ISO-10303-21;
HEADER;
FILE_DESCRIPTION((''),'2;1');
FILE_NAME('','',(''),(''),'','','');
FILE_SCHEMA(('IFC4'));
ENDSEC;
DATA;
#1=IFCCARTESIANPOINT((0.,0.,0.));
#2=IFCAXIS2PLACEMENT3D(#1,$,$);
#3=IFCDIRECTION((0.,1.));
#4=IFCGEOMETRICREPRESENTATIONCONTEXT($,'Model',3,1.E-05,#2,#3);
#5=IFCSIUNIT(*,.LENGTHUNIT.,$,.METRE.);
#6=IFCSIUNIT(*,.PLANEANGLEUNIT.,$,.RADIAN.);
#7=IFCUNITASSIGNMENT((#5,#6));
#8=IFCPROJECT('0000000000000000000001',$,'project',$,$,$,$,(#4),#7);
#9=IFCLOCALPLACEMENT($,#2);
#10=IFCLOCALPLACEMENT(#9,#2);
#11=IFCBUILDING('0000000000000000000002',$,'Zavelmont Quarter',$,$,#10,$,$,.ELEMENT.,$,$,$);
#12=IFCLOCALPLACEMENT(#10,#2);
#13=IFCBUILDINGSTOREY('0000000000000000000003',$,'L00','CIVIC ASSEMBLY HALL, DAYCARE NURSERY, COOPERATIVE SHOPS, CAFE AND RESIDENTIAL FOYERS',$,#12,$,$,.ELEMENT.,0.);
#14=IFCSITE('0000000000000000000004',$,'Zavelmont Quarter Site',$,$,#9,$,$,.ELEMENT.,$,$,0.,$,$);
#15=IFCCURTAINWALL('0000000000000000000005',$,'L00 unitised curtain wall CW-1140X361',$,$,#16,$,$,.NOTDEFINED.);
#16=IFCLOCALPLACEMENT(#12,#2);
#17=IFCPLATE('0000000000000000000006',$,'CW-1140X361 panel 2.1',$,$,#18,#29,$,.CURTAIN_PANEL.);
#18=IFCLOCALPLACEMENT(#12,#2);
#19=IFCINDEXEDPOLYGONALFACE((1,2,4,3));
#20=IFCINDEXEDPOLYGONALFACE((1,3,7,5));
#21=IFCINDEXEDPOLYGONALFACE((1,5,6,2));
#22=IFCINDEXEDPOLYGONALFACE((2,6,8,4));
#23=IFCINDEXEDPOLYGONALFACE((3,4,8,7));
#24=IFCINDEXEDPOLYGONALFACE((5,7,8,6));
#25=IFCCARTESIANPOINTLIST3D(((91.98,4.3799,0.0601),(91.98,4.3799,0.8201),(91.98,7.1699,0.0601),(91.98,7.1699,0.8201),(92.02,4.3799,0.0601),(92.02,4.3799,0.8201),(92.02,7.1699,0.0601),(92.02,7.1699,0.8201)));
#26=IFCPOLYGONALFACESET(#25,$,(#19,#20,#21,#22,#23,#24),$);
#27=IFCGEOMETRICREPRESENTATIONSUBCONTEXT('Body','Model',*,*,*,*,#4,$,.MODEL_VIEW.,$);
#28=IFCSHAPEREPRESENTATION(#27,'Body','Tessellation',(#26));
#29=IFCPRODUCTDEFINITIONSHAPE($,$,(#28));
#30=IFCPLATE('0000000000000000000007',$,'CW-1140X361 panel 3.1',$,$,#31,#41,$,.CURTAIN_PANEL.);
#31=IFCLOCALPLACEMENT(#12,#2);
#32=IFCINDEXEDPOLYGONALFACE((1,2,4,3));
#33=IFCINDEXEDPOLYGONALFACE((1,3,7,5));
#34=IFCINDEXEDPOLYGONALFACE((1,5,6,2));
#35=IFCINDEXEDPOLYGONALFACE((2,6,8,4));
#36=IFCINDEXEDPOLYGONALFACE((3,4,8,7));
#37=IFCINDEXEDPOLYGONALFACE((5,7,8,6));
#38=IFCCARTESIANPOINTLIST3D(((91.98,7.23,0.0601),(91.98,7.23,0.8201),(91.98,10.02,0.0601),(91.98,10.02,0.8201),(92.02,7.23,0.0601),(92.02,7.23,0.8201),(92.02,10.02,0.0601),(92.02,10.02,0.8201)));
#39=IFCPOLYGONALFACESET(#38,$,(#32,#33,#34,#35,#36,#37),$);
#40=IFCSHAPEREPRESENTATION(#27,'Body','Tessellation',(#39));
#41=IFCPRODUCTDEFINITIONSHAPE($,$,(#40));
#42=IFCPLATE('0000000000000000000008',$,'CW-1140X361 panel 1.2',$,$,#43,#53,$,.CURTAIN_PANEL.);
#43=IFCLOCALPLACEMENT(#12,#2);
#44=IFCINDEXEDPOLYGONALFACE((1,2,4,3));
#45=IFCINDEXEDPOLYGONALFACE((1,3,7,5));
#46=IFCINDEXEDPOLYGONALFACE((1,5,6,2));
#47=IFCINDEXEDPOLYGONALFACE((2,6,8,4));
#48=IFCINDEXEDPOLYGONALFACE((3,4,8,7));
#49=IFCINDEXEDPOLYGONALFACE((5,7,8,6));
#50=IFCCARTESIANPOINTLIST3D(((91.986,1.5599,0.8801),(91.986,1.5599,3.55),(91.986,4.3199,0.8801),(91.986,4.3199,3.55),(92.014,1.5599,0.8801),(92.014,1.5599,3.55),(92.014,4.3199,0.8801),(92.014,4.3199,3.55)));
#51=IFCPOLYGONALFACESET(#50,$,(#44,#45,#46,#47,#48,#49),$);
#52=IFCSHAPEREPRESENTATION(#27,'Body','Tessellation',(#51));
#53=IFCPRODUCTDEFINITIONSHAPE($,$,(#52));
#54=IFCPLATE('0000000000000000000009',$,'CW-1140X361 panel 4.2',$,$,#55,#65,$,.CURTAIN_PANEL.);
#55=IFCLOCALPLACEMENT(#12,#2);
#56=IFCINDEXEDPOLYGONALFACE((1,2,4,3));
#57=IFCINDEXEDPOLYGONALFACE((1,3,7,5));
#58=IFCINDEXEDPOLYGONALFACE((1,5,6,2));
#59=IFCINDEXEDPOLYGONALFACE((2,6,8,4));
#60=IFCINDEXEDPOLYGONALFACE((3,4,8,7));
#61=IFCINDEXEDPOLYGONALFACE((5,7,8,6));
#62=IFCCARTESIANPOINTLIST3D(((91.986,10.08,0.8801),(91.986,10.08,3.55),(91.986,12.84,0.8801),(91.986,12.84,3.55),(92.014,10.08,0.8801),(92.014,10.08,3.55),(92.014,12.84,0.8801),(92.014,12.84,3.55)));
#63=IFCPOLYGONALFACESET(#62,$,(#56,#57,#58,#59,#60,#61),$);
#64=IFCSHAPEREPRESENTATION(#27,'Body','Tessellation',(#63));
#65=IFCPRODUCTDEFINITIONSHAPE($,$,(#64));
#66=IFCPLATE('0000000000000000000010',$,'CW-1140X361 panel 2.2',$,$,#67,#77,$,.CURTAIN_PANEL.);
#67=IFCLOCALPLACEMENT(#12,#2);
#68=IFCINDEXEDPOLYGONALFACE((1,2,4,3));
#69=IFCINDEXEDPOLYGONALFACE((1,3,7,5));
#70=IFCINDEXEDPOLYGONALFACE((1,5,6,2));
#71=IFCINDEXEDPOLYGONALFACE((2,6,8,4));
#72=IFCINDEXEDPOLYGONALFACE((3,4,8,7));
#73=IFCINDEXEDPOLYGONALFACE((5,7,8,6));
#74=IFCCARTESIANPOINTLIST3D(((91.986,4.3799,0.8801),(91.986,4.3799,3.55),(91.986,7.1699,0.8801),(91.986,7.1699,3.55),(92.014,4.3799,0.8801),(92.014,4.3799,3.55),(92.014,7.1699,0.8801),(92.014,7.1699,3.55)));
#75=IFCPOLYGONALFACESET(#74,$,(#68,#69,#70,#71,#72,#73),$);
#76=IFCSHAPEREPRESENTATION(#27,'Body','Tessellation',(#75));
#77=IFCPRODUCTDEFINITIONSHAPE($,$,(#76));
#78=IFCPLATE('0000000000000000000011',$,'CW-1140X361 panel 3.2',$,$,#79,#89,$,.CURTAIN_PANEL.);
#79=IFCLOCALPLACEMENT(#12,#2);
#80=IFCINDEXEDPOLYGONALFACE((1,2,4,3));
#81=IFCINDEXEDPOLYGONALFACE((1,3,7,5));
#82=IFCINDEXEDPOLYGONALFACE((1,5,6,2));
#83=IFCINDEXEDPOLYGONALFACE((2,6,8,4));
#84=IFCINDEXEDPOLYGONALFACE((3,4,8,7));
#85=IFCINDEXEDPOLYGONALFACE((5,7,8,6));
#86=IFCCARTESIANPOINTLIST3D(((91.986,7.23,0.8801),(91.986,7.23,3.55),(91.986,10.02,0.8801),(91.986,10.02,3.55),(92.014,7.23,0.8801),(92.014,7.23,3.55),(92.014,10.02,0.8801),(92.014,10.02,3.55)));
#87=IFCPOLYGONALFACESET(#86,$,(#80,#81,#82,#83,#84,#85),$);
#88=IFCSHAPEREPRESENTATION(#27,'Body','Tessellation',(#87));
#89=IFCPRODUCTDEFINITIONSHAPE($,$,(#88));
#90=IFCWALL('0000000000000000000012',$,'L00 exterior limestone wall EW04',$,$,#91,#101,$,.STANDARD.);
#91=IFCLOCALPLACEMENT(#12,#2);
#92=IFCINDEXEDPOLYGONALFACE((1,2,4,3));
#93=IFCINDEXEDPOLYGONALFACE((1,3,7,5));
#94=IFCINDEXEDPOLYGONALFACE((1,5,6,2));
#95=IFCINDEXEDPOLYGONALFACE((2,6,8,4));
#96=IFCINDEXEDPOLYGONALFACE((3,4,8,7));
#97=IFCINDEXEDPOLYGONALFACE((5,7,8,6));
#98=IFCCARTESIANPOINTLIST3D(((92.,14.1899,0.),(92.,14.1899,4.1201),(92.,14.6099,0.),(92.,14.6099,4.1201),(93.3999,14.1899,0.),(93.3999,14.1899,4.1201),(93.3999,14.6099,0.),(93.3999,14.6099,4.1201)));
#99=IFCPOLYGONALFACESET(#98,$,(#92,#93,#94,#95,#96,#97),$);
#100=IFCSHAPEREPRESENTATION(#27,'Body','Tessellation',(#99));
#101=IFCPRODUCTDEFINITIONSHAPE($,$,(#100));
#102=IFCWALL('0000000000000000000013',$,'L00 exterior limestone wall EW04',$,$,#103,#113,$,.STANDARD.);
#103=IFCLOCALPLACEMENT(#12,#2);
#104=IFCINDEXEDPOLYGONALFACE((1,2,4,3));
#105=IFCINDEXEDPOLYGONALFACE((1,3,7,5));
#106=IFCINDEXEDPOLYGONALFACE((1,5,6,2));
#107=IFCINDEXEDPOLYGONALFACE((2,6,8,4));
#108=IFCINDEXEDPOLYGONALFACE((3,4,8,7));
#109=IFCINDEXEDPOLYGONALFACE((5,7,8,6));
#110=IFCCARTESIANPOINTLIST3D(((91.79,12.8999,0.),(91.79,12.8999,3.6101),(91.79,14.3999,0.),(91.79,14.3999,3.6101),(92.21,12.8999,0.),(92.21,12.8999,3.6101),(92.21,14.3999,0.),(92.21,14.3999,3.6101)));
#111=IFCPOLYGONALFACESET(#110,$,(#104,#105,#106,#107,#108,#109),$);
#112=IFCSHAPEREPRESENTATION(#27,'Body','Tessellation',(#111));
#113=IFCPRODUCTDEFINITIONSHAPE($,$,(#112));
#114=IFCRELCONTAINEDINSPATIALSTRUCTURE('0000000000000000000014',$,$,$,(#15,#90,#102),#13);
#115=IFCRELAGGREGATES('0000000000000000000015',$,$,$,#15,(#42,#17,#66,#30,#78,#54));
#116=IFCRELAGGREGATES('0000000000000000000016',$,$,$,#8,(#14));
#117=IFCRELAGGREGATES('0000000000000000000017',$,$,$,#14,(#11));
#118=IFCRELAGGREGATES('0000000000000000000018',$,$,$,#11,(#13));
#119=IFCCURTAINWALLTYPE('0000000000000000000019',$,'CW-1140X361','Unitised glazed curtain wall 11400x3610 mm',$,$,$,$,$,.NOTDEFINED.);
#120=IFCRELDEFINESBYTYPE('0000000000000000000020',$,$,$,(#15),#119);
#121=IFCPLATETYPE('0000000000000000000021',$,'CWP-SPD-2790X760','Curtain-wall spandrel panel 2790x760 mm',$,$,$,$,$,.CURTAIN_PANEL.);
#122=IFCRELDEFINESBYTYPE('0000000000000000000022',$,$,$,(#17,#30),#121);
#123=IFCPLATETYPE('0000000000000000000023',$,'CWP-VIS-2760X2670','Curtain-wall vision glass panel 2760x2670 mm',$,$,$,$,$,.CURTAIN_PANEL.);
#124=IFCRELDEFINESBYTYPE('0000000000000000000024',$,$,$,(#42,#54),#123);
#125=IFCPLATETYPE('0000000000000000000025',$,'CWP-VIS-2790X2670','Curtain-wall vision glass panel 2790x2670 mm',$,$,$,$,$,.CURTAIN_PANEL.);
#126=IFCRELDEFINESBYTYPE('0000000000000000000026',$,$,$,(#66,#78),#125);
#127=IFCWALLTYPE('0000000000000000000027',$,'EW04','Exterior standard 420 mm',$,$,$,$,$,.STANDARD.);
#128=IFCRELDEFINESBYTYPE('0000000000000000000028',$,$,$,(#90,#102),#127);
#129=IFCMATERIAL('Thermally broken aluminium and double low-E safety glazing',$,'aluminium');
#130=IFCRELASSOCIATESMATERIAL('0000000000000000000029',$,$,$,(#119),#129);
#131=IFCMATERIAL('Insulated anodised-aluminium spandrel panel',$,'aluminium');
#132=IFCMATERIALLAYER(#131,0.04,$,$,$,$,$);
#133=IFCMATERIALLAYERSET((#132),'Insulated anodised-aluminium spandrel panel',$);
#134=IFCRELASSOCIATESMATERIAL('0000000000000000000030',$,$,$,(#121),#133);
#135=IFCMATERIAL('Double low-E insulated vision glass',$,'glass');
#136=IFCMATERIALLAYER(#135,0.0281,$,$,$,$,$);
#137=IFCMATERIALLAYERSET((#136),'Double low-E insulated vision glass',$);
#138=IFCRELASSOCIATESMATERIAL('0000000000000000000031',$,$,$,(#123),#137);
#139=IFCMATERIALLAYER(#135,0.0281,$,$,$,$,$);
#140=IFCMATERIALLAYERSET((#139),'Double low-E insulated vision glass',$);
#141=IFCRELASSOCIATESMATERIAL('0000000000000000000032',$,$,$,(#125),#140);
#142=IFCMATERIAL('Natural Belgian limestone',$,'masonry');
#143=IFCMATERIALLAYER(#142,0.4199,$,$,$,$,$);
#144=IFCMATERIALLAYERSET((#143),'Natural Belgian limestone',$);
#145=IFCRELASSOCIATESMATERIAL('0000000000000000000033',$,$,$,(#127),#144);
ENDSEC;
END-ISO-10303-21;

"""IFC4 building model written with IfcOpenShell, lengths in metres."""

from ifc_helpers import new_model, si_unit, direction, frame, frame_2d, origin, origin_2d, place, context, subcontext, project, spatial, rectangle, extrude, material, layer, layer_set, type_object, element, aggregate, save


model = new_model("IFC4")

# Units and contexts
model_context = context("Model", 3, precision=1e-05, world=origin(), true_north=direction((0.0, 1.0)))
body_context = subcontext(model_context, "Body", "Model", "MODEL_VIEW")
ifc_project = project(units=[si_unit("LENGTHUNIT", "METRE"), si_unit("PLANEANGLEUNIT", "RADIAN")], contexts=[model_context])

# Site, building, storey
site_placement = place(None, origin())
site = spatial("IfcSite", under=ifc_project, at=site_placement, Name="Zavelmont Quarter Site", CompositionType="ELEMENT", RefElevation=0.0)
building_placement = place(site_placement, origin())
building = spatial("IfcBuilding", under=site, at=building_placement, Name="Zavelmont Quarter", CompositionType="ELEMENT")
storey_placement = place(building_placement, origin())
storey = spatial("IfcBuildingStorey", under=building, at=storey_placement, Name="L00", Description="CIVIC ASSEMBLY HALL, DAYCARE NURSERY, COOPERATIVE SHOPS, CAFE AND RESIDENTIAL FOYERS", CompositionType="ELEMENT", Elevation=0.0)

# Shared definitions
ifc_material_1 = material(Name="Thermally broken aluminium and double low-E safety glazing", Category="aluminium")

# Curtain wall, plates
curtain_wall_type_1 = type_object("IfcCurtainWallType", Name="CW-1140X361", Description="Unitised glazed curtain wall 11400x3610 mm", PredefinedType="NOTDEFINED", material=ifc_material_1)
curtain_wall_1_placement = place(storey_placement, origin())
curtain_wall_1 = element("IfcCurtainWall", 1, at=curtain_wall_1_placement, inside=storey, type_object=curtain_wall_type_1, Name="L00 unitised curtain wall CW-1140X361", PredefinedType="NOTDEFINED")
ifc_material_2 = material(Name="Insulated anodised-aluminium spandrel panel", Category="aluminium")
ifc_layer_1 = layer(ifc_material_2, 0.04)
ifc_layer_set_1 = layer_set([ifc_layer_1], Name="Insulated anodised-aluminium spandrel panel")
plate_type_1 = type_object("IfcPlateType", Name="CWP-SPD-2790X760", Description="Curtain-wall spandrel panel 2790x760 mm", PredefinedType="CURTAIN_PANEL", material=ifc_layer_set_1)
plate_1_placement = place(storey_placement, frame((92.0, 5.7749, 0.0601), z_axis=(0.0, 0.0, 1.0), x_axis=(0.0, 1.0, 0.0)))
plate_1 = element("IfcPlate", 2, at=plate_1_placement, type_object=plate_type_1, Name="CW-1140X361 panel 2.1", PredefinedType="CURTAIN_PANEL", context=body_context, shape_type="SweptSolid", body=[
    extrude(rectangle(XDim=2.79, YDim=0.04, at=origin_2d()), origin(), (0.0, 0.0, 1.0), 0.76),
])
plate_2_placement = place(storey_placement, frame((92.0, 8.625, 0.0601), z_axis=(0.0, 0.0, 1.0), x_axis=(0.0, 1.0, 0.0)))
plate_2 = element("IfcPlate", 3, at=plate_2_placement, type_object=plate_type_1, Name="CW-1140X361 panel 3.1", PredefinedType="CURTAIN_PANEL", context=body_context, shape_type="SweptSolid", body=[
    extrude(rectangle(XDim=2.79, YDim=0.04, at=origin_2d()), origin(), (0.0, 0.0, 1.0), 0.76),
])
ifc_material_3 = material(Name="Double low-E insulated vision glass", Category="glass")
ifc_layer_2 = layer(ifc_material_3, 0.0281)
ifc_layer_set_2 = layer_set([ifc_layer_2], Name="Double low-E insulated vision glass")
plate_type_2 = type_object("IfcPlateType", Name="CWP-VIS-2760X2670", Description="Curtain-wall vision glass panel 2760x2670 mm", PredefinedType="CURTAIN_PANEL", material=ifc_layer_set_2)
plate_3_placement = place(storey_placement, frame((92.0, 2.9399, 0.8801), z_axis=(0.0, 0.0, 1.0), x_axis=(0.0, 1.0, 0.0)))
plate_3 = element("IfcPlate", 4, at=plate_3_placement, type_object=plate_type_2, Name="CW-1140X361 panel 1.2", PredefinedType="CURTAIN_PANEL", context=body_context, shape_type="SweptSolid", body=[
    extrude(rectangle(XDim=2.76, YDim=0.0281, at=origin_2d()), origin(), (0.0, 0.0, 1.0), 2.6699),
])
plate_4_placement = place(storey_placement, frame((92.0, 11.46, 0.8801), z_axis=(0.0, 0.0, 1.0), x_axis=(0.0, 1.0, 0.0)))
plate_4 = element("IfcPlate", 5, at=plate_4_placement, type_object=plate_type_2, Name="CW-1140X361 panel 4.2", PredefinedType="CURTAIN_PANEL", context=body_context, shape_type="SweptSolid", body=[
    extrude(rectangle(XDim=2.76, YDim=0.0281, at=origin_2d()), origin(), (0.0, 0.0, 1.0), 2.6699),
])
ifc_layer_3 = layer(ifc_material_3, 0.0281)
ifc_layer_set_3 = layer_set([ifc_layer_3], Name="Double low-E insulated vision glass")
plate_type_3 = type_object("IfcPlateType", Name="CWP-VIS-2790X2670", Description="Curtain-wall vision glass panel 2790x2670 mm", PredefinedType="CURTAIN_PANEL", material=ifc_layer_set_3)
plate_5_placement = place(storey_placement, frame((92.0, 5.7749, 0.8801), z_axis=(0.0, 0.0, 1.0), x_axis=(0.0, 1.0, 0.0)))
plate_5 = element("IfcPlate", 6, at=plate_5_placement, type_object=plate_type_3, Name="CW-1140X361 panel 2.2", PredefinedType="CURTAIN_PANEL", context=body_context, shape_type="SweptSolid", body=[
    extrude(rectangle(XDim=2.79, YDim=0.0281, at=origin_2d()), origin(), (0.0, 0.0, 1.0), 2.6699),
])
plate_6_placement = place(storey_placement, frame((92.0, 8.625, 0.8801), z_axis=(0.0, 0.0, 1.0), x_axis=(0.0, 1.0, 0.0)))
plate_6 = element("IfcPlate", 7, at=plate_6_placement, type_object=plate_type_3, Name="CW-1140X361 panel 3.2", PredefinedType="CURTAIN_PANEL", context=body_context, shape_type="SweptSolid", body=[
    extrude(rectangle(XDim=2.79, YDim=0.0281, at=origin_2d()), origin(), (0.0, 0.0, 1.0), 2.6699),
])
aggregate(curtain_wall_1, [plate_3, plate_1, plate_5, plate_2, plate_6, plate_4])

# Walls
ifc_material_4 = material(Name="Natural Belgian limestone", Category="masonry")
ifc_layer_4 = layer(ifc_material_4, 0.4199)
ifc_layer_set_4 = layer_set([ifc_layer_4], Name="Natural Belgian limestone")
wall_type = type_object("IfcWallType", Name="EW04", Description="Exterior standard 420 mm", PredefinedType="STANDARD", material=ifc_layer_set_4)
wall_1_placement = place(storey_placement, frame((92.0, 14.3999, 0.0), z_axis=(0.0, 0.0, 1.0), x_axis=(1.0, 0.0, 0.0)))
element("IfcWall", 8, at=wall_1_placement, inside=storey, type_object=wall_type, Name="L00 exterior limestone wall EW04", PredefinedType="STANDARD", context=body_context, shape_type="SweptSolid", body=[
    extrude(rectangle(XDim=1.3999, YDim=0.4199, at=frame_2d((0.7, 0.0))), origin(), (0.0, 0.0, 1.0), 4.1201),
])
wall_2_placement = place(storey_placement, frame((92.0, 12.8999, 0.0), z_axis=(0.0, 0.0, 1.0), x_axis=(0.0, 1.0, 0.0)))
element("IfcWall", 9, at=wall_2_placement, inside=storey, type_object=wall_type, Name="L00 exterior limestone wall EW04", PredefinedType="STANDARD", context=body_context, shape_type="SweptSolid", body=[
    extrude(rectangle(XDim=1.5, YDim=0.4199, at=frame_2d((0.75, 0.0))), origin(), (0.0, 0.0, 1.0), 3.6101),
])

save(model, "model.ifc")
